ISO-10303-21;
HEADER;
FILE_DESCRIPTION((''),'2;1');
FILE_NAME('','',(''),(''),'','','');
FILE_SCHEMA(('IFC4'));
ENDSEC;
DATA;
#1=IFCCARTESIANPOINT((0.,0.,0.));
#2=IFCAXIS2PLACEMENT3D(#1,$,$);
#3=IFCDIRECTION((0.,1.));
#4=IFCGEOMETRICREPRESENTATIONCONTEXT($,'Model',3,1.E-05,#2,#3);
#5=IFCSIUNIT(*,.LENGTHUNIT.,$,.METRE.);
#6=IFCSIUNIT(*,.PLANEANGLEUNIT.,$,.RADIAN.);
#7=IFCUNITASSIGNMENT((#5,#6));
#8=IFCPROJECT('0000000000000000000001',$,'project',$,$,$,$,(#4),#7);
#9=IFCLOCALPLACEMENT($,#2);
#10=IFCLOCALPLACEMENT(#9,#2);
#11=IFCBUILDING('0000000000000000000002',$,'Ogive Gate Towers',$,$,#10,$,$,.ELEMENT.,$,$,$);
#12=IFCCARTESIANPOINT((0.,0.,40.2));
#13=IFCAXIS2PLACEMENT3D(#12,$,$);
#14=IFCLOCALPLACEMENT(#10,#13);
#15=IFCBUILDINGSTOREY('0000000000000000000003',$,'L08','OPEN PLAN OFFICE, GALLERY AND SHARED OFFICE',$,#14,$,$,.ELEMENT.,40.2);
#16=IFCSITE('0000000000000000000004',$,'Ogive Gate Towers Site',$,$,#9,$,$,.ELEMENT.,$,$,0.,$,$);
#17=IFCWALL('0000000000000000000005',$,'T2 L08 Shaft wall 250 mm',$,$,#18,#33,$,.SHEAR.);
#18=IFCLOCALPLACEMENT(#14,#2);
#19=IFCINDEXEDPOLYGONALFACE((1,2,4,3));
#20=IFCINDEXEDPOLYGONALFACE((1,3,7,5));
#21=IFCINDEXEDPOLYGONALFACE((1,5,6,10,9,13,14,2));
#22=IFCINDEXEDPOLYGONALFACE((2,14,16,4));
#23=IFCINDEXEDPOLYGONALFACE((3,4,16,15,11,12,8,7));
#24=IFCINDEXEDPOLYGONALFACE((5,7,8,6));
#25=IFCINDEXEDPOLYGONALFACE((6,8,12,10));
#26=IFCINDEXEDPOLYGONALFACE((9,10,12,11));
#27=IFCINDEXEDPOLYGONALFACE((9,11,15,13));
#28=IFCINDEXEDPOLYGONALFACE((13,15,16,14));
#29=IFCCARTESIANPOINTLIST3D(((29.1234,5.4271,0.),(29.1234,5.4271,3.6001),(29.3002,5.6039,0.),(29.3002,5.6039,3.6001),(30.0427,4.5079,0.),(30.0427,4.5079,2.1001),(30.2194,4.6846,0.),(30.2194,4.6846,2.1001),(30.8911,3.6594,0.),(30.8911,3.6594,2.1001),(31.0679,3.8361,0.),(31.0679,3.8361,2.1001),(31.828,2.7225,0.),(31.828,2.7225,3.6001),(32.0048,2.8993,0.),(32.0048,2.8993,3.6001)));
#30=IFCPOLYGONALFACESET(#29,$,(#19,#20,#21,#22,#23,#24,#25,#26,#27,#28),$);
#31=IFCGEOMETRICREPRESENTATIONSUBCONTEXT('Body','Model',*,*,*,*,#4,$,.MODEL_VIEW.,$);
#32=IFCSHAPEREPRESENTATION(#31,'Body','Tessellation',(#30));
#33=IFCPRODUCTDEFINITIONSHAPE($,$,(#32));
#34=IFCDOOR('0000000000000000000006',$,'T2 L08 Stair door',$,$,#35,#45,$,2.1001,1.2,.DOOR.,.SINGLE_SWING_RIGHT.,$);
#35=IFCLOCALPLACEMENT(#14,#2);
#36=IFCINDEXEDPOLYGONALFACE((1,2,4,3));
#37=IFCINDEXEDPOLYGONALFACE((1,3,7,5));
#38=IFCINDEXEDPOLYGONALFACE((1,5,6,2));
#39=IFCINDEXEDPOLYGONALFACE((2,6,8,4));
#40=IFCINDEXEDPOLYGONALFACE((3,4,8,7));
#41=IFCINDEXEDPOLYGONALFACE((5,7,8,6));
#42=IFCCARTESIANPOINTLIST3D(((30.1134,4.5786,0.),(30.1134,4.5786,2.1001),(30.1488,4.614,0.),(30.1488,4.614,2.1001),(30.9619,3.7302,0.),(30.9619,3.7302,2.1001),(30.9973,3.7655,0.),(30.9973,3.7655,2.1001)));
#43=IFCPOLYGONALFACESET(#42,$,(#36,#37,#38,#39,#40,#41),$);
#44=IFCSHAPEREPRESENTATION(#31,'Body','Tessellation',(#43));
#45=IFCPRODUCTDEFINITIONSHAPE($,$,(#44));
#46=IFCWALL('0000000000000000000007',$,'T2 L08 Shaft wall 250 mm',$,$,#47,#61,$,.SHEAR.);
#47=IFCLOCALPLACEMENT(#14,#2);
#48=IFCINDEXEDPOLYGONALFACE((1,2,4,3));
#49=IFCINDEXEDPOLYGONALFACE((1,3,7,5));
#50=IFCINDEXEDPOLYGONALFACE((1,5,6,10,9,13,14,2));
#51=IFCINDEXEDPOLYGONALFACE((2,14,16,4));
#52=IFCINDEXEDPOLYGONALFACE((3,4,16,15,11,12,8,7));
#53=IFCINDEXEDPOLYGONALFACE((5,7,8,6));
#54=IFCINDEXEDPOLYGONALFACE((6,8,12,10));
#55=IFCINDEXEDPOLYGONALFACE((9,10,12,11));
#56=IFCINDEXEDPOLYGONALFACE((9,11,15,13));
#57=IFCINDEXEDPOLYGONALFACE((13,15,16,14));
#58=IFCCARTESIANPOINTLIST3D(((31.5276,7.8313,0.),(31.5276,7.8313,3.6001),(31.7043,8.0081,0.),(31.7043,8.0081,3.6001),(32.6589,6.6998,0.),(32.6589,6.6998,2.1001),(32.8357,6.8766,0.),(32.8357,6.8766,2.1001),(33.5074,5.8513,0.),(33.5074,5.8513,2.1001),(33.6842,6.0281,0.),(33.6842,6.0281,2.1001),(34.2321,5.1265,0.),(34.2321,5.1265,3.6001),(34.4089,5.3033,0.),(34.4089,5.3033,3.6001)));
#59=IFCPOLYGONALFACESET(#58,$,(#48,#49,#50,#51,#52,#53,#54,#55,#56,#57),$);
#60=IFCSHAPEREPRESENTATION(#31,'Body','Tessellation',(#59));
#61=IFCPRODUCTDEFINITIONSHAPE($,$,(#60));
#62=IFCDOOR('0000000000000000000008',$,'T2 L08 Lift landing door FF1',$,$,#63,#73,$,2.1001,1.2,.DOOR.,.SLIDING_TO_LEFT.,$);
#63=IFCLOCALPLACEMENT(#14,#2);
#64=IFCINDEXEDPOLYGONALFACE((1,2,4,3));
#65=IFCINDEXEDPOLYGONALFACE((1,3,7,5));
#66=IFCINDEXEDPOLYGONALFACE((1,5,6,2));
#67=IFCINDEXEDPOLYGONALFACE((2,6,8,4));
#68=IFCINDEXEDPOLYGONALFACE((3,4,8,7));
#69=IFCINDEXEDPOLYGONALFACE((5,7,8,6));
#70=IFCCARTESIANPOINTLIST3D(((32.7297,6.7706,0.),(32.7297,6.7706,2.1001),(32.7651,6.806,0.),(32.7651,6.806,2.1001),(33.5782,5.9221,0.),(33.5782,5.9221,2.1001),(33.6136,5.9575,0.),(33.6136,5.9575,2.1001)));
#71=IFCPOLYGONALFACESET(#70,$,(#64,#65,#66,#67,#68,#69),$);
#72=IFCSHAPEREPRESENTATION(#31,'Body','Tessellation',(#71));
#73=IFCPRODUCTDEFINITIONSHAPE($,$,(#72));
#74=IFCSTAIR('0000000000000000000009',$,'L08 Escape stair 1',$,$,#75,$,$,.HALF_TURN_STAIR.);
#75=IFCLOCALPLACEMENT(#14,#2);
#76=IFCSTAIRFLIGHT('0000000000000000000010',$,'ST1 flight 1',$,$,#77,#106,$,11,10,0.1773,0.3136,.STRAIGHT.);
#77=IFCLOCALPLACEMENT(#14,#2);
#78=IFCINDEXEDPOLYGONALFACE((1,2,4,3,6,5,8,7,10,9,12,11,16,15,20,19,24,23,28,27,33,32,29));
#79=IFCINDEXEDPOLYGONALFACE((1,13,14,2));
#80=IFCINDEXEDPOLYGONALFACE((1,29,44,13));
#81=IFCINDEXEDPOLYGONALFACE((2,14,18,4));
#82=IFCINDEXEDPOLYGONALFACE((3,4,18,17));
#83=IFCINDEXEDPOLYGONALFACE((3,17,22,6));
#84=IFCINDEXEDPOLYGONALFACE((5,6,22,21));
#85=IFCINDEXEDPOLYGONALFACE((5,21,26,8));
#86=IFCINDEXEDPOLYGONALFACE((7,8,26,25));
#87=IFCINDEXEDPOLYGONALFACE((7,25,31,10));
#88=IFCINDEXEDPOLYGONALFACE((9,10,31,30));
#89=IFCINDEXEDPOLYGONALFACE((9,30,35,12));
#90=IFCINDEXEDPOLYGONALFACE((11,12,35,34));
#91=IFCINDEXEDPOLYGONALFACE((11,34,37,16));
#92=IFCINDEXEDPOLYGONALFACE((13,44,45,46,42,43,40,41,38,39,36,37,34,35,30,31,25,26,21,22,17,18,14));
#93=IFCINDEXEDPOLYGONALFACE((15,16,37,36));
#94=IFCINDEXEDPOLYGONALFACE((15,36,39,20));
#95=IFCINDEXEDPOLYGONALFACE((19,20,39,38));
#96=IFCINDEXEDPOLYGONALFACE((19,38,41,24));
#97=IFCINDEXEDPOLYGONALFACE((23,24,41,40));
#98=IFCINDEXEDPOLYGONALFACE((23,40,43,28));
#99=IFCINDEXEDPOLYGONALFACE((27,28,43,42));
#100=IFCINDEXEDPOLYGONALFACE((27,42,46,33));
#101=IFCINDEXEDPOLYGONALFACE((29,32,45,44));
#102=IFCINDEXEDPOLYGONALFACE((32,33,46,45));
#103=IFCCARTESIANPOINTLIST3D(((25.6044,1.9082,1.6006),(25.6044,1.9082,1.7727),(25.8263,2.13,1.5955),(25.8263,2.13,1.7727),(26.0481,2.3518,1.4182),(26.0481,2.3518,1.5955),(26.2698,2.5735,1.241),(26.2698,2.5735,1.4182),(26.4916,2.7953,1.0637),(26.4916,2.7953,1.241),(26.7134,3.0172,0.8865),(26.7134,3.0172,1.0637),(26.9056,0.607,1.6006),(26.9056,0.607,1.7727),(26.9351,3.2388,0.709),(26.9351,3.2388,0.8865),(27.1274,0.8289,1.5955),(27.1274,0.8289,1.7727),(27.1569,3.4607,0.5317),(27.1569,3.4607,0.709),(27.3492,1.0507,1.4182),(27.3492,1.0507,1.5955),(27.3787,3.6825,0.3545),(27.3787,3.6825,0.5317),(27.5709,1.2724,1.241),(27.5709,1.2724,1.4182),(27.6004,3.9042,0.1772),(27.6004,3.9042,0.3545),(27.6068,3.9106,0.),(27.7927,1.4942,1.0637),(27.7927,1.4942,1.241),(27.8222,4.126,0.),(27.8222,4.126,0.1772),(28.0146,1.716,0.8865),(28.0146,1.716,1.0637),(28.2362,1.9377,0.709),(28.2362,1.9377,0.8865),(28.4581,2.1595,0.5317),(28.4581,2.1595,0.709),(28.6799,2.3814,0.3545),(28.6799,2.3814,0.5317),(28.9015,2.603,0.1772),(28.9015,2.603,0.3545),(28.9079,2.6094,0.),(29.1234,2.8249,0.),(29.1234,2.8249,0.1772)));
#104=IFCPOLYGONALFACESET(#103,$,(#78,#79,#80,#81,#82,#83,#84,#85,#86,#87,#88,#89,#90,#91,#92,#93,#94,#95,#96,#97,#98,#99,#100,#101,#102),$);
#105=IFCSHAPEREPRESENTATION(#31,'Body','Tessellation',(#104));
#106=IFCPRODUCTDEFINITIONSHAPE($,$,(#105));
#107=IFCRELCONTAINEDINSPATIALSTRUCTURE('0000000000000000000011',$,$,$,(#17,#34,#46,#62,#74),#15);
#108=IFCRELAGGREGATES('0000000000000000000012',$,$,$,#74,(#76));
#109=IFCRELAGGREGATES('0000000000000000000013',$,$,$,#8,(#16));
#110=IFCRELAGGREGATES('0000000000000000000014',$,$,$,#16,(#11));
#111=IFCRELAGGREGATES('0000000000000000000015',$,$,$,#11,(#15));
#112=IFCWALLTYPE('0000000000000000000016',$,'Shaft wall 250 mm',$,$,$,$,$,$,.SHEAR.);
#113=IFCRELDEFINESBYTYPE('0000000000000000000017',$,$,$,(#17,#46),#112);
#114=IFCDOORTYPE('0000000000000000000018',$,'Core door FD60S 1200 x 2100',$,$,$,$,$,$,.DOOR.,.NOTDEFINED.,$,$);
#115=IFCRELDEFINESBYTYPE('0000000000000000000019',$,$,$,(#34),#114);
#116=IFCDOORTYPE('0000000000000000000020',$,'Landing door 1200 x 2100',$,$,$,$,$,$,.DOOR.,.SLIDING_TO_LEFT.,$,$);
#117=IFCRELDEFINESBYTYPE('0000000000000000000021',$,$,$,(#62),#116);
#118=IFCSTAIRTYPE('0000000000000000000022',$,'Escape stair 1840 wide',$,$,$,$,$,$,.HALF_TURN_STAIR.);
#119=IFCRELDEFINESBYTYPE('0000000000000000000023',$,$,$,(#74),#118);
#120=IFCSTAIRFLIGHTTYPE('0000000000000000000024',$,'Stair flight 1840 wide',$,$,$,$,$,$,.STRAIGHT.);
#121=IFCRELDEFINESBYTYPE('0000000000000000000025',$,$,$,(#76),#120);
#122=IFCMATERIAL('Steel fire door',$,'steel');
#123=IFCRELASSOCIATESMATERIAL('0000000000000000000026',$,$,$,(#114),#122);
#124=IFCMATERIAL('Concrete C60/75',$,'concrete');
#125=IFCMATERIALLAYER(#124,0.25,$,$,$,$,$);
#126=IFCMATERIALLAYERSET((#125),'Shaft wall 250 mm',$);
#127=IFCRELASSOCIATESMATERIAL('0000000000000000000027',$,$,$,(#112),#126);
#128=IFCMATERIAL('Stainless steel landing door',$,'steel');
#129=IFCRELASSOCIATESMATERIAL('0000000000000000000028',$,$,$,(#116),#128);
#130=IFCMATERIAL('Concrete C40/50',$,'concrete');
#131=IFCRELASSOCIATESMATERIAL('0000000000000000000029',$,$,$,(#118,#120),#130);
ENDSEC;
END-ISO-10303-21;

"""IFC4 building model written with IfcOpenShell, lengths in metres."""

from ifc_helpers import new_model, si_unit, direction, frame, frame_2d, origin, place, context, subcontext, project, spatial, polyline, rectangle, outline, extrude, material, layer, layer_set, type_object, element, fill, aggregate, save


model = new_model("IFC4")

# Units and contexts
model_context = context("Model", 3, precision=1e-05, world=origin(), true_north=direction((0.0, 1.0)))
body_context = subcontext(model_context, "Body", "Model", "MODEL_VIEW")
ifc_project = project(units=[si_unit("LENGTHUNIT", "METRE"), si_unit("PLANEANGLEUNIT", "RADIAN")], contexts=[model_context])

# Site, building, storey
site_placement = place(None, origin())
site = spatial("IfcSite", under=ifc_project, at=site_placement, Name="Ogive Gate Towers Site", CompositionType="ELEMENT", RefElevation=0.0)
building_placement = place(site_placement, origin())
building = spatial("IfcBuilding", under=site, at=building_placement, Name="Ogive Gate Towers", CompositionType="ELEMENT")
storey_placement = place(building_placement, frame((0.0, 0.0, 40.2)))
storey = spatial("IfcBuildingStorey", under=building, at=storey_placement, Name="L08", Description="OPEN PLAN OFFICE, GALLERY AND SHARED OFFICE", CompositionType="ELEMENT", Elevation=40.2)

# Shared definitions
ifc_material_1 = material(Name="Concrete C40/50", Category="concrete")

# Shared definitions
ifc_material_2 = material(Name="Concrete C60/75", Category="concrete")
ifc_material_3 = material(Name="Steel fire door", Category="steel")
door_type_1 = type_object("IfcDoorType", Name="Core door FD60S 1200 x 2100", OperationType="NOTDEFINED", PredefinedType="DOOR", material=ifc_material_3)

# Walls, openings, doors
ifc_layer_1 = layer(ifc_material_2, 0.25)
ifc_layer_set_1 = layer_set([ifc_layer_1], Name="Shaft wall 250 mm")
wall_type_1 = type_object("IfcWallType", Name="Shaft wall 250 mm", PredefinedType="SHEAR", material=ifc_layer_set_1)
wall_1_placement = place(storey_placement, frame((31.9165, 2.8108, 0.0), z_axis=(0.0, 0.0, 1.0), x_axis=(-0.707107, 0.707107, 0.0)))
wall_1 = element("IfcWall", 1, at=wall_1_placement, inside=storey, type_object=wall_type_1, Name="T2 L08 Shaft wall 250 mm", PredefinedType="SHEAR", context=body_context, shape_type="SweptSolid", body=[
    extrude(rectangle(XDim=3.825, YDim=0.25, at=frame_2d((1.9126, 0.0))), origin(), (0.0, 0.0, 1.0), 3.6001),
])
opening_1_placement = place(wall_1_placement, frame((1.325, 0.0, 0.0)))
opening_1 = element("IfcOpeningElement", 2, at=opening_1_placement, cuts=wall_1, PredefinedType="OPENING", context=body_context, shape_type="SweptSolid", body=[
    extrude(rectangle(XDim=1.2, YDim=2.1001, at=frame_2d((0.6001, 1.05))), frame((0.0, 0.135, 0.0), z_axis=(0.0, -1.0, 0.0), x_axis=(1.0, 0.0, 0.0)), (0.0, 0.0, 1.0), 0.27),
])
door_1_placement = place(opening_1_placement, origin())
door_1 = element("IfcDoor", 3, at=door_1_placement, inside=storey, type_object=door_type_1, Name="T2 L08 Stair door", OperationType="SINGLE_SWING_RIGHT", OverallHeight=2.1001, OverallWidth=1.2, PredefinedType="DOOR", context=body_context, shape_type="SweptSolid", body=[
    extrude(rectangle(XDim=1.2, YDim=2.1001, at=frame_2d((0.6001, 1.05))), frame((0.0, 0.0249, 0.0), z_axis=(0.0, -1.0, 0.0), x_axis=(1.0, 0.0, 0.0)), (0.0, 0.0, 1.0), 0.05),
])
fill(opening_1, door_1)
wall_2_placement = place(storey_placement, frame((34.3206, 5.2148, 0.0), z_axis=(0.0, 0.0, 1.0), x_axis=(-0.707075, 0.707139, 0.0)))
wall_2 = element("IfcWall", 4, at=wall_2_placement, inside=storey, type_object=wall_type_1, Name="T2 L08 Shaft wall 250 mm", PredefinedType="SHEAR", context=body_context, shape_type="SweptSolid", body=[
    extrude(rectangle(XDim=3.825, YDim=0.25, at=frame_2d((1.9126, 0.0))), origin(), (0.0, 0.0, 1.0), 3.6001),
])
opening_2_placement = place(wall_2_placement, frame((1.0249, 0.0, 0.0)))
opening_2 = element("IfcOpeningElement", 5, at=opening_2_placement, cuts=wall_2, PredefinedType="OPENING", context=body_context, shape_type="SweptSolid", body=[
    extrude(rectangle(XDim=1.2, YDim=2.1001, at=frame_2d((0.6001, 1.05))), frame((0.0, 0.135, 0.0), z_axis=(0.0, -1.0, 0.0), x_axis=(1.0, 0.0, 0.0)), (0.0, 0.0, 1.0), 0.27),
])
ifc_material_4 = material(Name="Stainless steel landing door", Category="steel")
door_type_2 = type_object("IfcDoorType", Name="Landing door 1200 x 2100", OperationType="SLIDING_TO_LEFT", PredefinedType="DOOR", material=ifc_material_4)
door_2_placement = place(opening_2_placement, origin())
door_2 = element("IfcDoor", 6, at=door_2_placement, inside=storey, type_object=door_type_2, Name="T2 L08 Lift landing door FF1", OperationType="SLIDING_TO_LEFT", OverallHeight=2.1001, OverallWidth=1.2, PredefinedType="DOOR", context=body_context, shape_type="SweptSolid", body=[
    extrude(rectangle(XDim=1.2, YDim=2.1001, at=frame_2d((0.6001, 1.05))), frame((0.0, 0.0249, 0.0), z_axis=(0.0, -1.0, 0.0), x_axis=(1.0, 0.0, 0.0)), (0.0, 0.0, 1.0), 0.05),
])
fill(opening_2, door_2)

# Stair, stair flight
stair_type = type_object("IfcStairType", Name="Escape stair 1840 wide", PredefinedType="HALF_TURN_STAIR", material=ifc_material_1)
stair_placement = place(storey_placement, origin())
stair = element("IfcStair", 7, at=stair_placement, inside=storey, type_object=stair_type, Name="L08 Escape stair 1", PredefinedType="HALF_TURN_STAIR")
stair_flight_type = type_object("IfcStairFlightType", Name="Stair flight 1840 wide", PredefinedType="STRAIGHT", material=ifc_material_1)
stair_flight_placement = place(storey_placement, frame((28.4729, 3.4753, 0.0), z_axis=(0.0, 0.0, 1.0), x_axis=(-0.707107, -0.707107, 0.0)))
stair_flight = element("IfcStairFlight", 8, at=stair_flight_placement, type_object=stair_flight_type, Name="ST1 flight 1", NumberOfRisers=11, NumberOfTreads=10, PredefinedType="STRAIGHT", RiserHeight=0.1773, TreadLength=0.3136, context=body_context, shape_type="SweptSolid", body=[
    extrude(outline(polyline([(0.0, 0.0), (0.0, 0.1772), (0.3137, 0.1772), (0.3137, 0.3545), (0.6272, 0.3545), (0.6272, 0.5317), (0.9409, 0.5317), (0.9409, 0.709), (1.2546, 0.709), (1.2546, 0.8865), (1.5681, 0.8865), (1.5681, 1.0637), (1.8818, 1.0637), (1.8818, 1.241), (2.1956, 1.241), (2.1956, 1.4182), (2.509, 1.4182), (2.509, 1.5955), (2.8228, 1.5955), (2.8228, 1.7727), (3.1365, 1.7727), (3.1365, 1.95), (3.1365, 1.6006), (0.3047, 0.0), (0.0, 0.0)])), frame((0.0, 0.9199, 0.0), z_axis=(0.0, -1.0, 0.0), x_axis=(1.0, 0.0, 0.0)), (0.0, 0.0, 1.0), 1.8401),
])
aggregate(stair, [stair_flight])

save(model, "model.ifc")
